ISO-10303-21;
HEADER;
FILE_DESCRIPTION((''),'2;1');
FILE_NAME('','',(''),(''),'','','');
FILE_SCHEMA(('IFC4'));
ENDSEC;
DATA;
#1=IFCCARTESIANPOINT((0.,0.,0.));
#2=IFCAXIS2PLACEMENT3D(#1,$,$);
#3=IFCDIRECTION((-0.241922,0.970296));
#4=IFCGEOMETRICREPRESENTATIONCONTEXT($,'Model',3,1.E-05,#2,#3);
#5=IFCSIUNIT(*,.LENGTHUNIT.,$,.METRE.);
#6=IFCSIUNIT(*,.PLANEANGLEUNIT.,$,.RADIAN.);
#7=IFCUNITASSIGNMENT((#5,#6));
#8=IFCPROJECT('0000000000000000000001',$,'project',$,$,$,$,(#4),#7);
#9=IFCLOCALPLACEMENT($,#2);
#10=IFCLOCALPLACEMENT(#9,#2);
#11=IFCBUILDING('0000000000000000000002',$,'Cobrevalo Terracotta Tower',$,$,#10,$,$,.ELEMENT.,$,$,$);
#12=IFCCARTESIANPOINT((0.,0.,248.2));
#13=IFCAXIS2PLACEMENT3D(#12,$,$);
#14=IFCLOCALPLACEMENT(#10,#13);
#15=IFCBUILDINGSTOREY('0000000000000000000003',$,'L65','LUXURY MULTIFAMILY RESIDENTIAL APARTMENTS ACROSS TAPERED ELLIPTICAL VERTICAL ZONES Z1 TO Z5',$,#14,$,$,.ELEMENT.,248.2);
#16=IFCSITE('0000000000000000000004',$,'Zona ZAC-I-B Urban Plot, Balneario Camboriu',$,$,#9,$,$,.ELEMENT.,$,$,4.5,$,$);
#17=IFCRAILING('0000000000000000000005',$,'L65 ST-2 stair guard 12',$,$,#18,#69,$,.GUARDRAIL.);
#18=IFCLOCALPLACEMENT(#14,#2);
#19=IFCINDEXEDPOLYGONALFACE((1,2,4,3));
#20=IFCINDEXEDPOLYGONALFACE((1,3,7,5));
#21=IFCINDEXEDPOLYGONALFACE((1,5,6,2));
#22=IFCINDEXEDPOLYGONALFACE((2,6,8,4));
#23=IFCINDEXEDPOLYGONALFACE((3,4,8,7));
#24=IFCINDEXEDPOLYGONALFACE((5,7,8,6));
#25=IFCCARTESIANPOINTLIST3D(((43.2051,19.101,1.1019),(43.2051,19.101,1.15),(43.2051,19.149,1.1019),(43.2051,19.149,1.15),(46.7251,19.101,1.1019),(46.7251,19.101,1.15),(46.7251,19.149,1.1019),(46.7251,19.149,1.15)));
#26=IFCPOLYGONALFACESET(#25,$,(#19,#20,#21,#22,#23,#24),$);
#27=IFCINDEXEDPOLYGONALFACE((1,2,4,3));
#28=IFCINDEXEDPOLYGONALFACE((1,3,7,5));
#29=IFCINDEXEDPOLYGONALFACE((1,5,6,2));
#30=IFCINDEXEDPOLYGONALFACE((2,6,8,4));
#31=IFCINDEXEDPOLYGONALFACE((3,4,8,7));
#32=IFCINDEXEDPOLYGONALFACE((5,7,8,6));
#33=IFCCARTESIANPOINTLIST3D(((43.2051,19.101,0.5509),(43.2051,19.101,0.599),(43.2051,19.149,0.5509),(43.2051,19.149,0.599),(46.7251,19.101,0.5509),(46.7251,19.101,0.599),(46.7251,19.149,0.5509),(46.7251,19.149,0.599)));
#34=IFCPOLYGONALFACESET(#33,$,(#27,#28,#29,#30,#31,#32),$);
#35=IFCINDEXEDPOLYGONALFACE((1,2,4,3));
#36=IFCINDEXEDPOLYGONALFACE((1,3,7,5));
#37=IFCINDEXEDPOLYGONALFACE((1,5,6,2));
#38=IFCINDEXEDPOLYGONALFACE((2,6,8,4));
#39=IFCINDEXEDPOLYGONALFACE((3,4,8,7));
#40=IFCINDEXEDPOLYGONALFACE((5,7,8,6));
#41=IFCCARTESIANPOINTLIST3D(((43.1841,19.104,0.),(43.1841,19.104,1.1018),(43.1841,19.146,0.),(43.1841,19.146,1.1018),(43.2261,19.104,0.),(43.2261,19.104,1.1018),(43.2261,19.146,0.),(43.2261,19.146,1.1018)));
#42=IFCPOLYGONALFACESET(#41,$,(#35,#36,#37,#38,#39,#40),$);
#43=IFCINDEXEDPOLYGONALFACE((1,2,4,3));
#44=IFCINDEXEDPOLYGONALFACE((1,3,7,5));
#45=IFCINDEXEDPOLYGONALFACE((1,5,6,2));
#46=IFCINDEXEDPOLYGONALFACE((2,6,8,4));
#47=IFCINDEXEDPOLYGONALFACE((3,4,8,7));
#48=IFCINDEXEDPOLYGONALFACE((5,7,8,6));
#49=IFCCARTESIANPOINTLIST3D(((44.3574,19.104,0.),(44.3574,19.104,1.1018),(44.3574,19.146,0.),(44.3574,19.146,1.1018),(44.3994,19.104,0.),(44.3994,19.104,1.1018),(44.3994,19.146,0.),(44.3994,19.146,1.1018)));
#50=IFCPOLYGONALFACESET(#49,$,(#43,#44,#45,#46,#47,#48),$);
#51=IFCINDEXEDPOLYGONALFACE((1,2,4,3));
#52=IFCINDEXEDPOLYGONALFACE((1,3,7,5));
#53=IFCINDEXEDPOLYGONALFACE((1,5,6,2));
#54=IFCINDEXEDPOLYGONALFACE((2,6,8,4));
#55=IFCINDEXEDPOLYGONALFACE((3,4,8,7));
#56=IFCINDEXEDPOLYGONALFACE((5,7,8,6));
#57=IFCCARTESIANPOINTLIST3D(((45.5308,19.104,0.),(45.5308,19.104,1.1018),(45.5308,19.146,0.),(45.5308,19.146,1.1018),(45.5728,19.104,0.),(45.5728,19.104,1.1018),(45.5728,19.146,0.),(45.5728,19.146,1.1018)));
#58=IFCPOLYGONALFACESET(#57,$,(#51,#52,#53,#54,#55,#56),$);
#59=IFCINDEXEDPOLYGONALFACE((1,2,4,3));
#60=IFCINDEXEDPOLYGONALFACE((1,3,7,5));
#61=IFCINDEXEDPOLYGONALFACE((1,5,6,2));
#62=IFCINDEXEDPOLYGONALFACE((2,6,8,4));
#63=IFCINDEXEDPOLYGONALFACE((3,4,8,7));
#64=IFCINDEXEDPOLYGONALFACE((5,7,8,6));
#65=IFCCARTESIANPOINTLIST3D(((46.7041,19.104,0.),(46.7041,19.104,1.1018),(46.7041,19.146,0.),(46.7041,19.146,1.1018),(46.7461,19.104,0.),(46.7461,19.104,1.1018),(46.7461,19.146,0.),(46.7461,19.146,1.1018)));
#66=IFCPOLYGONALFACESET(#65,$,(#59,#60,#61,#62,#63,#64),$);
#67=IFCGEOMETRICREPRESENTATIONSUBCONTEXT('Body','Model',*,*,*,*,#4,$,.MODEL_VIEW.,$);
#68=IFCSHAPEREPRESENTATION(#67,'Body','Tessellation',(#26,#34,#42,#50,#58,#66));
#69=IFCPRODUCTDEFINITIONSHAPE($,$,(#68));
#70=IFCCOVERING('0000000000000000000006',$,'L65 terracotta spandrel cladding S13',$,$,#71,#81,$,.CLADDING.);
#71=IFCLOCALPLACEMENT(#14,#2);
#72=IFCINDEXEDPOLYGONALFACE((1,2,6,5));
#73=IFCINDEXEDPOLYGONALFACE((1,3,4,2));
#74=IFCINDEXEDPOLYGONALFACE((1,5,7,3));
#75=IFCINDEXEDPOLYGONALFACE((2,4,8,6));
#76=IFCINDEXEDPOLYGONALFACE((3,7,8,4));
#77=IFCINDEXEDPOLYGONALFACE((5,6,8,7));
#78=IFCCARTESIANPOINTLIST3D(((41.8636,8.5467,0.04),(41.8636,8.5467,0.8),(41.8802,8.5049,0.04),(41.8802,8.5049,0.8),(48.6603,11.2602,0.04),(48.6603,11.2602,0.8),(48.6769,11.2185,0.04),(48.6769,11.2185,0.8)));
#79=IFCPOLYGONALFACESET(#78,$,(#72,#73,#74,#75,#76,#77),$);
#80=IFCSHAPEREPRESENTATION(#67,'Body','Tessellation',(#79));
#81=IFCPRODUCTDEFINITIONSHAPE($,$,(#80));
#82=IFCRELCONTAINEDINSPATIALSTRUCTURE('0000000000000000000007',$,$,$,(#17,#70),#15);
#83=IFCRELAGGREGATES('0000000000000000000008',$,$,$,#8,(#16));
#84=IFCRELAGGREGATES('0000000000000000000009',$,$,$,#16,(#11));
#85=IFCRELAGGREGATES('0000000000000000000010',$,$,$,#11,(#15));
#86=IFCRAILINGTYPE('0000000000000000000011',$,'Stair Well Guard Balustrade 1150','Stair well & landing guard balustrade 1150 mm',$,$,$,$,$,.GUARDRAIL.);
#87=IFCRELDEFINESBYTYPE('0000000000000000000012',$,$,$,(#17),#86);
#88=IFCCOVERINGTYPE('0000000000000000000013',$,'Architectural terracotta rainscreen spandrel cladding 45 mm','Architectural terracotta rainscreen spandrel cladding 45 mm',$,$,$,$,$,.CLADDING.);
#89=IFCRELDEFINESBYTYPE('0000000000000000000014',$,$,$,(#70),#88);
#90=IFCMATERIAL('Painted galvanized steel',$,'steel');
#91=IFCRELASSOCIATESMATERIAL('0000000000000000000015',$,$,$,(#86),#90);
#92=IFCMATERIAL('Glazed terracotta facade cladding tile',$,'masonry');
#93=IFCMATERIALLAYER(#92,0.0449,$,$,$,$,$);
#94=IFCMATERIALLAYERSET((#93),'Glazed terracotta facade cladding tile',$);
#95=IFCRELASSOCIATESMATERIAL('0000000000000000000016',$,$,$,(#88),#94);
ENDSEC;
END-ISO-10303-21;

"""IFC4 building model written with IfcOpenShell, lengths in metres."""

from ifc_helpers import new_model, si_unit, direction, frame, origin, origin_2d, place, context, subcontext, project, spatial, rectangle, extrude, source, transform, mapped, material, layer, layer_set, type_object, element, save


model = new_model("IFC4")

# Units and contexts
model_context = context("Model", 3, precision=1e-05, world=origin(), true_north=direction((-0.241922, 0.970296)))
body_context = subcontext(model_context, "Body", "Model", "MODEL_VIEW")
ifc_project = project(units=[si_unit("LENGTHUNIT", "METRE"), si_unit("PLANEANGLEUNIT", "RADIAN")], contexts=[model_context])

# Site, building, storey
site_placement = place(None, origin())
site = spatial("IfcSite", under=ifc_project, at=site_placement, Name="Zona ZAC-I-B Urban Plot, Balneario Camboriu", CompositionType="ELEMENT", RefElevation=4.5)
building_placement = place(site_placement, origin())
building = spatial("IfcBuilding", under=site, at=building_placement, Name="Cobrevalo Terracotta Tower", CompositionType="ELEMENT")
storey_placement = place(building_placement, frame((0.0, 0.0, 248.2)))
storey = spatial("IfcBuildingStorey", under=building, at=storey_placement, Name="L65", Description="LUXURY MULTIFAMILY RESIDENTIAL APARTMENTS ACROSS TAPERED ELLIPTICAL VERTICAL ZONES Z1 TO Z5", CompositionType="ELEMENT", Elevation=248.2)

# Railing
ifc_material_1 = material(Name="Painted galvanized steel", Category="steel")
railing_type = type_object("IfcRailingType", Name="Stair Well Guard Balustrade 1150", Description="Stair well & landing guard balustrade 1150 mm", PredefinedType="GUARDRAIL", material=ifc_material_1)
railing_placement = place(storey_placement, frame((43.2051, 19.125, 0.0)))
element("IfcRailing", 1, at=railing_placement, inside=storey, type_object=railing_type, Name="L65 ST-2 stair guard 12", PredefinedType="GUARDRAIL", context=body_context, shape_type="SweptSolid", body=[
    extrude(rectangle(XDim=0.0481, YDim=0.0481, at=origin_2d()), frame((0.0, 0.0, 1.126), z_axis=(1.0, 0.0, 0.0), x_axis=(0.0, 1.0, 0.0)), (0.0, 0.0, 1.0), 3.52),
    extrude(rectangle(XDim=0.0481, YDim=0.0481, at=origin_2d()), frame((0.0, 0.0, 0.575), z_axis=(1.0, 0.0, 0.0), x_axis=(0.0, 1.0, 0.0)), (0.0, 0.0, 1.0), 3.52),
    extrude(rectangle(XDim=0.042, YDim=0.042, at=origin_2d()), origin(), (0.0, 0.0, 1.0), 1.1018),
    extrude(rectangle(XDim=0.042, YDim=0.042, at=origin_2d()), frame((1.1733, 0.0, 0.0)), (0.0, 0.0, 1.0), 1.1018),
    extrude(rectangle(XDim=0.042, YDim=0.042, at=origin_2d()), frame((2.3467, 0.0, 0.0)), (0.0, 0.0, 1.0), 1.1018),
    extrude(rectangle(XDim=0.042, YDim=0.042, at=origin_2d()), frame((3.52, 0.0, 0.0)), (0.0, 0.0, 1.0), 1.1018),
])

# Covering
ifc_material_2 = material(Name="Glazed terracotta facade cladding tile", Category="masonry")
ifc_layer_1 = layer(ifc_material_2, 0.0449)
ifc_layer_set_1 = layer_set([ifc_layer_1], Name="Glazed terracotta facade cladding tile")
covering_type = type_object("IfcCoveringType", Name="Architectural terracotta rainscreen spandrel cladding 45 mm", Description="Architectural terracotta rainscreen spandrel cladding 45 mm", PredefinedType="CLADDING", material=ifc_layer_set_1)
shared_shape_1 = source(origin(), body_context, "Body", "SweptSolid", [
    extrude(rectangle(XDim=7.3184, YDim=0.0449, at=origin_2d()), origin(), (0.0, 0.0, 1.0), 0.76),
])
covering_placement = place(storey_placement, frame((45.2703, 9.8826, 0.04), z_axis=(0.0, 0.0, 1.0), x_axis=(0.928718, 0.370786, 0.0)))
element("IfcCovering", 2, at=covering_placement, inside=storey, type_object=covering_type, Name="L65 terracotta spandrel cladding S13", PredefinedType="CLADDING", context=body_context, shape_type="MappedRepresentation", body=[
    mapped(shared_shape_1, transform((0.0, 0.0, 0.0), scale=1.0)),
])

save(model, "model.ifc")
